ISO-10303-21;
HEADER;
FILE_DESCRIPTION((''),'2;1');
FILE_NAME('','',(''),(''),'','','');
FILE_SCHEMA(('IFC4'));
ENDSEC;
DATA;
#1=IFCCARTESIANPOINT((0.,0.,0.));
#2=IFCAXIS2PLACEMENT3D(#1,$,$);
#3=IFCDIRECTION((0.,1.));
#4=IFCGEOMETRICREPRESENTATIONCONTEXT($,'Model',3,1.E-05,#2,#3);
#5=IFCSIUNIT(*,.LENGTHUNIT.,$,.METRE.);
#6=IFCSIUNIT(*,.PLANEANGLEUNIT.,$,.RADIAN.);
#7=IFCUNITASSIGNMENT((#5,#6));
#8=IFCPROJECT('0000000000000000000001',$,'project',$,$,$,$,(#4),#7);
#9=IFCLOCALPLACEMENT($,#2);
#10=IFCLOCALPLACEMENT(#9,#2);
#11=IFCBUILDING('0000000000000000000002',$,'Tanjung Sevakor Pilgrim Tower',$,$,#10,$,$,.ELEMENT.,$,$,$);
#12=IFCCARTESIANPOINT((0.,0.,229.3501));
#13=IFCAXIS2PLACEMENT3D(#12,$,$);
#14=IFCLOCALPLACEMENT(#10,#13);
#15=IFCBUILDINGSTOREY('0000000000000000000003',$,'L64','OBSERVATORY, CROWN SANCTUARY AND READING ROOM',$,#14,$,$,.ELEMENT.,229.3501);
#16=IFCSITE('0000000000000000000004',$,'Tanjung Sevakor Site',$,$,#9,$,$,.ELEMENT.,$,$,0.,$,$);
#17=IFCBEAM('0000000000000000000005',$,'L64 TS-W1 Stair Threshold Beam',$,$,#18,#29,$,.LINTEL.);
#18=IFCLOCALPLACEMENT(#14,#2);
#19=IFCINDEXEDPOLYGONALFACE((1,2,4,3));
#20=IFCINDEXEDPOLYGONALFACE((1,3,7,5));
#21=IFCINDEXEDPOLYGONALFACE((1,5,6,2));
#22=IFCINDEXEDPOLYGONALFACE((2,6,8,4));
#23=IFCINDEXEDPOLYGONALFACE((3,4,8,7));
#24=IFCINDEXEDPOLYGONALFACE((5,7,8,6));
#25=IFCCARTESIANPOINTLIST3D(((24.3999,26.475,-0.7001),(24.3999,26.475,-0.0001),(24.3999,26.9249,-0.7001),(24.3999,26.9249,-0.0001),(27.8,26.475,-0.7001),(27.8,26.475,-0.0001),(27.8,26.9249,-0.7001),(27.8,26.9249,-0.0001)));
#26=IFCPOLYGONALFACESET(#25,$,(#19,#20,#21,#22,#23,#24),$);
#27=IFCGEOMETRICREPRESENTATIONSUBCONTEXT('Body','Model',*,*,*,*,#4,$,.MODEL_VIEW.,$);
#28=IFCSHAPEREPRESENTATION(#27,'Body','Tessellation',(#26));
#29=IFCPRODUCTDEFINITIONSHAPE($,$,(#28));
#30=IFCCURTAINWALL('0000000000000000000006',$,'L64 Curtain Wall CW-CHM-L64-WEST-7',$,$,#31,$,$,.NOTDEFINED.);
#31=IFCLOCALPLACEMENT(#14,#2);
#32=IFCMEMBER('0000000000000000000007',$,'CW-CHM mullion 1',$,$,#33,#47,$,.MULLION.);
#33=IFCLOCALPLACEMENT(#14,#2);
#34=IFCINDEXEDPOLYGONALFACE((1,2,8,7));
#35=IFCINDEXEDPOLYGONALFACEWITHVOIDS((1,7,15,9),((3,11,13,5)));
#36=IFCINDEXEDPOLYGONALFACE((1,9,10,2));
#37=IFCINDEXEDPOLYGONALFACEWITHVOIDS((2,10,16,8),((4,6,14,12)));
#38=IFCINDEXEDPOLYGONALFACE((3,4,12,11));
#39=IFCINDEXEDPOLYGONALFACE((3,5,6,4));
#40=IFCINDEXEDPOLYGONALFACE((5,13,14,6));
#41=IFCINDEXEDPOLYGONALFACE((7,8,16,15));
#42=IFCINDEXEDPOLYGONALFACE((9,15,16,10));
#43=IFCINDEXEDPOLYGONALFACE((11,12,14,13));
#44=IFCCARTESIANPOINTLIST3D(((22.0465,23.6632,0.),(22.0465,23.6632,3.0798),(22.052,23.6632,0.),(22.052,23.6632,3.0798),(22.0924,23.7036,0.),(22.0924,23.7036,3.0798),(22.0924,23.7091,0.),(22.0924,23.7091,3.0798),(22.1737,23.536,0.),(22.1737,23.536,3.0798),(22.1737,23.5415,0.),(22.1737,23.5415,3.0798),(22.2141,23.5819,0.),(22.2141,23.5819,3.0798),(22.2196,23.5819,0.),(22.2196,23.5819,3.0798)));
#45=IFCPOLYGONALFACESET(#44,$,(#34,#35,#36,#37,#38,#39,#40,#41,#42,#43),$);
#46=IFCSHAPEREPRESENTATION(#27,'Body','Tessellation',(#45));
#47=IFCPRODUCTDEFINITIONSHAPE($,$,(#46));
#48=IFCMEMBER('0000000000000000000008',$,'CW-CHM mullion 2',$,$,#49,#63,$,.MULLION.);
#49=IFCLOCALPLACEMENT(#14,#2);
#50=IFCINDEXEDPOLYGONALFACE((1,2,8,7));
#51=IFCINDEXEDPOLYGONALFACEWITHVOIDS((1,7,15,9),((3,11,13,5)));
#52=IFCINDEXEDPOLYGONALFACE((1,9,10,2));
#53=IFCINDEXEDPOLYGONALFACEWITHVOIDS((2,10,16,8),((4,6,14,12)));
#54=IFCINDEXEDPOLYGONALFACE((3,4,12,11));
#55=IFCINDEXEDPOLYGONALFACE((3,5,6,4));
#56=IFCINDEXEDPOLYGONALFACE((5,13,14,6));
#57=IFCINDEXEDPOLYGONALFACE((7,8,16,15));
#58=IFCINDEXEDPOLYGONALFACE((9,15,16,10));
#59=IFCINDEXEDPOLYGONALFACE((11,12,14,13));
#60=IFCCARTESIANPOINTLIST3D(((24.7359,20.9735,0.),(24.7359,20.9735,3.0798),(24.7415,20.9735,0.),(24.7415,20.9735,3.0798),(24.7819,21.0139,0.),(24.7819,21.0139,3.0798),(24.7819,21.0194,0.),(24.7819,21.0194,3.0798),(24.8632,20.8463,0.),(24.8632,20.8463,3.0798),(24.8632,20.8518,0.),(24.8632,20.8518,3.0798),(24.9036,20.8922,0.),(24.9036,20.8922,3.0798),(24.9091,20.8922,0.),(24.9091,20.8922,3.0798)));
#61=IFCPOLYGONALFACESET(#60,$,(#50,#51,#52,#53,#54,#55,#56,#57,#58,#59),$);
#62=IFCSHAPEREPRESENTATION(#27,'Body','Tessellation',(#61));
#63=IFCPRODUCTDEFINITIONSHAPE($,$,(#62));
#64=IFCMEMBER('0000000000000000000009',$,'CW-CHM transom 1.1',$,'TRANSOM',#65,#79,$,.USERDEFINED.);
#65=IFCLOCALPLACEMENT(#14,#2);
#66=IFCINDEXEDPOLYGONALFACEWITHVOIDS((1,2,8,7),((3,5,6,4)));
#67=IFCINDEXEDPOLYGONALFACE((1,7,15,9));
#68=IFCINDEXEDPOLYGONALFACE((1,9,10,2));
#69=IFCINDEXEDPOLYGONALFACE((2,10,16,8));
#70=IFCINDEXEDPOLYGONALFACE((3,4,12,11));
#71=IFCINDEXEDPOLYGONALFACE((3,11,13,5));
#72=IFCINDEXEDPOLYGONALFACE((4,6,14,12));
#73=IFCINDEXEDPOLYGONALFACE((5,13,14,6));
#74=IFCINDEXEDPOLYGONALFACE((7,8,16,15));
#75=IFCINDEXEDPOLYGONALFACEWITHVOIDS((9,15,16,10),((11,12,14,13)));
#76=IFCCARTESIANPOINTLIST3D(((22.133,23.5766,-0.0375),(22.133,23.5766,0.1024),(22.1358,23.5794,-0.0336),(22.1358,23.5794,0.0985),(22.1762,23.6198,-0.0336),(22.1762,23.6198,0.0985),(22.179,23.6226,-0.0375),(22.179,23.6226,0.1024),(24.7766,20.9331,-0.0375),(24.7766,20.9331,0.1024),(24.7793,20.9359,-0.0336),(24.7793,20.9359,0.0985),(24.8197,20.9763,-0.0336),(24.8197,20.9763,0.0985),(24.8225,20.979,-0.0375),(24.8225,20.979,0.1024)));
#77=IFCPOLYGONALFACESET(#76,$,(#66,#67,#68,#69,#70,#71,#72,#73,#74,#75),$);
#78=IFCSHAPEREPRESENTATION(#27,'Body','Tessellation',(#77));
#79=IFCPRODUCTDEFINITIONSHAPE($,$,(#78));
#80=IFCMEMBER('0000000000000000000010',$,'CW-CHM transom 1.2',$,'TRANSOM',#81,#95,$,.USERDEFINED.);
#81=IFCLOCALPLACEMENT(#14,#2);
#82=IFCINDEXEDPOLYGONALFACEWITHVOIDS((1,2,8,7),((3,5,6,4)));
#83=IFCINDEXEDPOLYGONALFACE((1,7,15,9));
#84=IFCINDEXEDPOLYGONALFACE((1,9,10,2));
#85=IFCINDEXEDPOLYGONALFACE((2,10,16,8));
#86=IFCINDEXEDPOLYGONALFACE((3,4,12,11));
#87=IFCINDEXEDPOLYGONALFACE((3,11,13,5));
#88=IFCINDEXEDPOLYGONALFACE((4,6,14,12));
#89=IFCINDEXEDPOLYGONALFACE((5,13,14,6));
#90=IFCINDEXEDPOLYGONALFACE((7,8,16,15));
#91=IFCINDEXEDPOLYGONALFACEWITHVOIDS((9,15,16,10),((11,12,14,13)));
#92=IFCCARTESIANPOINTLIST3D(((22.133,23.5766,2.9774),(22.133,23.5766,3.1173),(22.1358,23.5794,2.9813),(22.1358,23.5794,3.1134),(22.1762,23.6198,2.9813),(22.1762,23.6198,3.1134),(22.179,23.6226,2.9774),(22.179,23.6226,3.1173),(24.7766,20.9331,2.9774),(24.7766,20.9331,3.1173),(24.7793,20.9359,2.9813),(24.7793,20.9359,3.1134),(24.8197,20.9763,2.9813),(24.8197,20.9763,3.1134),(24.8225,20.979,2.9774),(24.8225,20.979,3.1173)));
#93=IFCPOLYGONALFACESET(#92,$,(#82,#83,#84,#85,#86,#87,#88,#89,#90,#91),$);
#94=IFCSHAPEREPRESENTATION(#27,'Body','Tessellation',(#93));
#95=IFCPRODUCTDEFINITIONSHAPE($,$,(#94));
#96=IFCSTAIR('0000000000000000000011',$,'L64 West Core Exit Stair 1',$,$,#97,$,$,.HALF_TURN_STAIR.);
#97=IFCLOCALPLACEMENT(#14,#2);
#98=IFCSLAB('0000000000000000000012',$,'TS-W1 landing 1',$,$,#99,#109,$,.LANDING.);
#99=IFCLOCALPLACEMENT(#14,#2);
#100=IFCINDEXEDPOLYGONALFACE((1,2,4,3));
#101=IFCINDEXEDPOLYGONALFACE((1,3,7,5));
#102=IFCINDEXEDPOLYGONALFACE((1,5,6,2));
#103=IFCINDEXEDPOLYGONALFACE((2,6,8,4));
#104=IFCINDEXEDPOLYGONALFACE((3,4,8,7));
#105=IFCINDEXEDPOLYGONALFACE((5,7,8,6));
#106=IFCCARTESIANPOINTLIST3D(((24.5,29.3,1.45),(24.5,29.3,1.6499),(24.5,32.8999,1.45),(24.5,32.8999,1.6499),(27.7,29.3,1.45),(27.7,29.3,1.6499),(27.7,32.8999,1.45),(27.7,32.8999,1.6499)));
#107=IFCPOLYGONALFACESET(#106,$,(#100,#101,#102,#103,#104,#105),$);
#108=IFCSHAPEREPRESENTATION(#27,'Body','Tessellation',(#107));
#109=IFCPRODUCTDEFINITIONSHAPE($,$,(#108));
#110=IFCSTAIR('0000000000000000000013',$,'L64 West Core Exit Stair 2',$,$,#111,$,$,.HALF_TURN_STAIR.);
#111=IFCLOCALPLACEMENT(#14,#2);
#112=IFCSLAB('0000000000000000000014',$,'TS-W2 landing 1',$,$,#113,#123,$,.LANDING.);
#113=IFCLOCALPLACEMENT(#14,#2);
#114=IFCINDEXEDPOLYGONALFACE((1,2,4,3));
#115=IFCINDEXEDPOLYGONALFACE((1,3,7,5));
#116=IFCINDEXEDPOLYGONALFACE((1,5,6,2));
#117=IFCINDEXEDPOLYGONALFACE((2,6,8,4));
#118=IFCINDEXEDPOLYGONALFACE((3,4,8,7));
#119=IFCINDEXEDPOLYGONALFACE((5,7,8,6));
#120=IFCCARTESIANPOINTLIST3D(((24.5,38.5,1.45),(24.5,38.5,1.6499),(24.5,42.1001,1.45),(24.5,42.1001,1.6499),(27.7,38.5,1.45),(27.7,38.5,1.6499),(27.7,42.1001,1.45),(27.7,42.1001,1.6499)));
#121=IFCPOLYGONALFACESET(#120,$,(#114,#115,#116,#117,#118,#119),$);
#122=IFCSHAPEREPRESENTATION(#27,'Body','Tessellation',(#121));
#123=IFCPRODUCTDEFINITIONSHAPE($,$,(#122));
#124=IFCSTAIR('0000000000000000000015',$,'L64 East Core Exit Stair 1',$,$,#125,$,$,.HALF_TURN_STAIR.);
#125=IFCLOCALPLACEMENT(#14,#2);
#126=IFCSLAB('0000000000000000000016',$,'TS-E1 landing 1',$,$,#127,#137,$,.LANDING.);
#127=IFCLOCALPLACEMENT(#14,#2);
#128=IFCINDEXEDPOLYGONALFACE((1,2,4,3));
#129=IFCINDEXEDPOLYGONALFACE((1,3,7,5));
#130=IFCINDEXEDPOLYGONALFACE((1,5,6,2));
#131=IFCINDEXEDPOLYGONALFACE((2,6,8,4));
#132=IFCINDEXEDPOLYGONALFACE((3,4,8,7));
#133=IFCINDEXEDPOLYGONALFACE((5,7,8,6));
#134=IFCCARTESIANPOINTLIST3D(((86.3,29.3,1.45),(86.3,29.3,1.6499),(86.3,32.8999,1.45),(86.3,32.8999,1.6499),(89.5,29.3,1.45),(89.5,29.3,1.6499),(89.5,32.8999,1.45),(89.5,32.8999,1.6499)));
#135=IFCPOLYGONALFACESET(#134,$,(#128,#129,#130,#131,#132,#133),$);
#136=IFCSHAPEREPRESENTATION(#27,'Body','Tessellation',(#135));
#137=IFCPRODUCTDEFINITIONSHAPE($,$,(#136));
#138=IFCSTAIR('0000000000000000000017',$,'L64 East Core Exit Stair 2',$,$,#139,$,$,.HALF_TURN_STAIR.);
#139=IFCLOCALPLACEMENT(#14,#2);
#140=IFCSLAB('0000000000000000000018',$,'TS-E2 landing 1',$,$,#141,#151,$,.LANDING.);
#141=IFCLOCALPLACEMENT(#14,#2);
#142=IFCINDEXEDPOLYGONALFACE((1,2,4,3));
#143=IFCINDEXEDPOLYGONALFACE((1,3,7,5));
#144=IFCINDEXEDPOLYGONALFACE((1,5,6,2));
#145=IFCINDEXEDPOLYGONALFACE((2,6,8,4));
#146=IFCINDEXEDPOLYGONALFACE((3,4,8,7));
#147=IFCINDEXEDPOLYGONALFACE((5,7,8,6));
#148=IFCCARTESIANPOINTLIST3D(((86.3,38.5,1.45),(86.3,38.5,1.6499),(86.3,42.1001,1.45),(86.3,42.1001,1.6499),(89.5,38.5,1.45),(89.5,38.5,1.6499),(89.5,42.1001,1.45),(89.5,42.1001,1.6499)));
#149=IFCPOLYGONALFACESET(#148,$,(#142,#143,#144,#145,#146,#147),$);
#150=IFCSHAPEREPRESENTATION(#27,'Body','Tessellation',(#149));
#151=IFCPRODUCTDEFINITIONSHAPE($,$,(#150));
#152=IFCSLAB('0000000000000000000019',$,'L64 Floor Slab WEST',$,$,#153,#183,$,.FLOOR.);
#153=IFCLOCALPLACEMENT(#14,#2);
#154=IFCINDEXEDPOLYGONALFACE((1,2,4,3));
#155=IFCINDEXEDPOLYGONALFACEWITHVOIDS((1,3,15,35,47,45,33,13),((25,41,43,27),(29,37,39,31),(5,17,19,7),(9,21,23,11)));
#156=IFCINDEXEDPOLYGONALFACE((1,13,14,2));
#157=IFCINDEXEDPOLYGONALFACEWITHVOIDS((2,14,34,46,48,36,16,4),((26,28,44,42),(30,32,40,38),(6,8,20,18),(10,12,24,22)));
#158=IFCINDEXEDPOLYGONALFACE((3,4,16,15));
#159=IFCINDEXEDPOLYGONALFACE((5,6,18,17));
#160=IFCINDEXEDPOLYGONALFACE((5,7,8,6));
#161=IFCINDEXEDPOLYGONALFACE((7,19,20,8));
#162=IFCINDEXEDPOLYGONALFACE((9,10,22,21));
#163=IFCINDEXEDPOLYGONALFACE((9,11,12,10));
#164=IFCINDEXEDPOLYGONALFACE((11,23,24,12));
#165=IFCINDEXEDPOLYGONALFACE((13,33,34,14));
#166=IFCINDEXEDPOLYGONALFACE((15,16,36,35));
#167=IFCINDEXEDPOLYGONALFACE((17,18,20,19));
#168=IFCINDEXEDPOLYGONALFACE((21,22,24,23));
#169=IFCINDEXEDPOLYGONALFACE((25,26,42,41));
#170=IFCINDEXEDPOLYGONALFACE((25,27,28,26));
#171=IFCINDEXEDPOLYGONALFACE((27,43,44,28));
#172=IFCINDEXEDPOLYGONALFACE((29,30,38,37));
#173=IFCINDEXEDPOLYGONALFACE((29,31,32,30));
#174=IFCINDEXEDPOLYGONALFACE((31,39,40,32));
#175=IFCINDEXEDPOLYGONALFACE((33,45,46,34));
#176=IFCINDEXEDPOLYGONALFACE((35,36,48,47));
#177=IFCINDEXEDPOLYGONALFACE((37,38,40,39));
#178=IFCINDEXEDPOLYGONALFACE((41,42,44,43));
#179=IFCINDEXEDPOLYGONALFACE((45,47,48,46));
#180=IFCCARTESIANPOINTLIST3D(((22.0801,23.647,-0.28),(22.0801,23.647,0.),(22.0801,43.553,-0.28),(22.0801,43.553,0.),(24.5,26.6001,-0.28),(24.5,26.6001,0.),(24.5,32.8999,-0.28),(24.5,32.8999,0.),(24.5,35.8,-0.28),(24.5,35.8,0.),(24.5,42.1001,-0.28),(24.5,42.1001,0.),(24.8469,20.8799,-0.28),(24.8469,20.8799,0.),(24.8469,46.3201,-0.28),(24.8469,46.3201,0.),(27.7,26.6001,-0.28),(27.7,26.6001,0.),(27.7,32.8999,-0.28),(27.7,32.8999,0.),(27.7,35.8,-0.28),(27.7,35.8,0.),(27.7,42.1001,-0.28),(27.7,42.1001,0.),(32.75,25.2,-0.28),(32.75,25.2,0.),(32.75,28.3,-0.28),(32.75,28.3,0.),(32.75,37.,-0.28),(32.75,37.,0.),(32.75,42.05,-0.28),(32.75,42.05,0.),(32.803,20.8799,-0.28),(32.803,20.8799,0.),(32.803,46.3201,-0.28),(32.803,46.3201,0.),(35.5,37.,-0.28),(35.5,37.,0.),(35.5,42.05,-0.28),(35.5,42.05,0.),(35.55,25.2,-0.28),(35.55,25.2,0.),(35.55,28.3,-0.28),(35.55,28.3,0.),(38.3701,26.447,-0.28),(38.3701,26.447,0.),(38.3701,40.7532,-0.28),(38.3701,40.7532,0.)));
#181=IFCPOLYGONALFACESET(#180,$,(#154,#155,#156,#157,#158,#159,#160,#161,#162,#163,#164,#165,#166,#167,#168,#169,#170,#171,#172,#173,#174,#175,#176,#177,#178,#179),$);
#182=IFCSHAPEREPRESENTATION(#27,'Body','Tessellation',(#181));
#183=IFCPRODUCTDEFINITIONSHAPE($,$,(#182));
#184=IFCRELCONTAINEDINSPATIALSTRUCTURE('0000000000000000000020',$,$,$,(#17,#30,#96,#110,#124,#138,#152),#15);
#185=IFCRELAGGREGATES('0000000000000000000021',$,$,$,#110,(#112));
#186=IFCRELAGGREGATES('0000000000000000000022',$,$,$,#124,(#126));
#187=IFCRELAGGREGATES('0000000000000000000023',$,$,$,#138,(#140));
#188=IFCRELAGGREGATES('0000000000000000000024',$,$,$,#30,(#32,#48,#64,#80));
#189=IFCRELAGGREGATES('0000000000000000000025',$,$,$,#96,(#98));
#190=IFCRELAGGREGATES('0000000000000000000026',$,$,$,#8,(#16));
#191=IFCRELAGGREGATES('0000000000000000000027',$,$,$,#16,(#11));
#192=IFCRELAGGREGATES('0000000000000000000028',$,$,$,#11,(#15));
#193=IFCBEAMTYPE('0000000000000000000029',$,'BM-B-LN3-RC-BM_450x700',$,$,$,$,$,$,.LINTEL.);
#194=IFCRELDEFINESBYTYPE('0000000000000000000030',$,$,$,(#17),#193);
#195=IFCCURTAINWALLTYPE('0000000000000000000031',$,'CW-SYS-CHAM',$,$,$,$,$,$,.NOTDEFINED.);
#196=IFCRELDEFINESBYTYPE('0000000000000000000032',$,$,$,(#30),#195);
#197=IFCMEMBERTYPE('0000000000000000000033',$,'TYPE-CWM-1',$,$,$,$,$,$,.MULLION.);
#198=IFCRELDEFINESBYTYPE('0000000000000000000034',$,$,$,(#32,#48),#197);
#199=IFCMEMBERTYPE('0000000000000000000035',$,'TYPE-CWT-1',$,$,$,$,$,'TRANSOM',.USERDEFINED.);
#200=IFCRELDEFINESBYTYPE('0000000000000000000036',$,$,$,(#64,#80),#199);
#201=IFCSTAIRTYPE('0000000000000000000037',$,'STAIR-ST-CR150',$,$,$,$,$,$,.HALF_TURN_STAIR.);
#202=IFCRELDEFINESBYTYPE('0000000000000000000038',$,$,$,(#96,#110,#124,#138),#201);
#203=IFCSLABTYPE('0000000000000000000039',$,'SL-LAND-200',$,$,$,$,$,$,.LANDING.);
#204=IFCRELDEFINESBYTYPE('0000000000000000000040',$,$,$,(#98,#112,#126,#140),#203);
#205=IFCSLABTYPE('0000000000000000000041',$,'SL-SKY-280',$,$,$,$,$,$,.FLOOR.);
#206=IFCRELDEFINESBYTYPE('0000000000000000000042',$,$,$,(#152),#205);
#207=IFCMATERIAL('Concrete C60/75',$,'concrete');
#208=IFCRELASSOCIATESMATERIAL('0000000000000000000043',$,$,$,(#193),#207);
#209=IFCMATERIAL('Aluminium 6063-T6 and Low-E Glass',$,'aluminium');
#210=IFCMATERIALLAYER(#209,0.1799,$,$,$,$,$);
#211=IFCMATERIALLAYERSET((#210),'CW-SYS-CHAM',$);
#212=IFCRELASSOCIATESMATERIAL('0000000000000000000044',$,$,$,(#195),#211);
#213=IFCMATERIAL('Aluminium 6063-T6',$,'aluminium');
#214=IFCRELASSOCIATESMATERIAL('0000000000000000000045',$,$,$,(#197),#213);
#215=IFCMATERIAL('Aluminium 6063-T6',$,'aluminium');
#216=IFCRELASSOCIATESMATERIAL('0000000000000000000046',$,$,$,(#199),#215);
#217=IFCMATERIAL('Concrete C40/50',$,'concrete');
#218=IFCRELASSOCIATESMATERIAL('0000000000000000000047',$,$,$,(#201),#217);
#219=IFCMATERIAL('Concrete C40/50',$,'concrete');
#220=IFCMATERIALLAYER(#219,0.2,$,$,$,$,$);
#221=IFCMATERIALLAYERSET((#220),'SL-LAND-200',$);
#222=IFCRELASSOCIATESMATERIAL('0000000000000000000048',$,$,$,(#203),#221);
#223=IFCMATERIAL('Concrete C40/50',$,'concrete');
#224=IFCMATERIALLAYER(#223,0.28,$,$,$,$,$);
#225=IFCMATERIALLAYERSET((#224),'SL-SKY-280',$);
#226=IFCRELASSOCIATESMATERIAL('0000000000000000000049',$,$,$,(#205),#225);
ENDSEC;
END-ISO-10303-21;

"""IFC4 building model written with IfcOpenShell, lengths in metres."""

from ifc_helpers import new_model, si_unit, direction, frame, origin, origin_2d, place, context, subcontext, project, spatial, polyline, rectangle, hollow_rectangle, outline, extrude, material, layer, layer_set, material_profile, profile_set, type_object, element, aggregate, save


model = new_model("IFC4")

# Units and contexts
model_context = context("Model", 3, precision=1e-05, world=origin(), true_north=direction((0.0, 1.0)))
body_context = subcontext(model_context, "Body", "Model", "MODEL_VIEW")
ifc_project = project(units=[si_unit("LENGTHUNIT", "METRE"), si_unit("PLANEANGLEUNIT", "RADIAN")], contexts=[model_context])

# Site, building, storey
site_placement = place(None, origin())
site = spatial("IfcSite", under=ifc_project, at=site_placement, Name="Tanjung Sevakor Site", CompositionType="ELEMENT", RefElevation=0.0)
building_placement = place(site_placement, origin())
building = spatial("IfcBuilding", under=site, at=building_placement, Name="Tanjung Sevakor Pilgrim Tower", CompositionType="ELEMENT")
storey_placement = place(building_placement, frame((0.0, 0.0, 229.3501)))
storey = spatial("IfcBuildingStorey", under=building, at=storey_placement, Name="L64", Description="OBSERVATORY, CROWN SANCTUARY AND READING ROOM", CompositionType="ELEMENT", Elevation=229.3501)

# Beam
ifc_material_1 = material(Name="Concrete C60/75", Category="concrete")
ifc_material_profile_1 = material_profile(ifc_material_1, rectangle(XDim=0.45, YDim=0.7, at=origin_2d()))
ifc_profile_set_1 = profile_set([ifc_material_profile_1], Name="Concrete C60/75")
beam_type = type_object("IfcBeamType", Name="BM-B-LN3-RC-BM_450x700", PredefinedType="LINTEL", material=ifc_profile_set_1)
beam_placement = place(storey_placement, frame((24.3999, 26.7, -0.3501), z_axis=(1.0, 0.0, 0.0), x_axis=(0.0, 1.0, 0.0)))
element("IfcBeam", 1, at=beam_placement, inside=storey, type_object=beam_type, Name="L64 TS-W1 Stair Threshold Beam", PredefinedType="LINTEL", context=body_context, shape_type="SweptSolid", body=[
    extrude(rectangle(XDim=0.45, YDim=0.7, at=origin_2d()), origin(), (0.0, 0.0, 1.0), 3.4001),
])

# Curtain wall, members
ifc_material_2 = material(Name="Aluminium 6063-T6 and Low-E Glass", Category="aluminium")
ifc_layer_1 = layer(ifc_material_2, 0.1799)
ifc_layer_set_1 = layer_set([ifc_layer_1], Name="CW-SYS-CHAM")
curtain_wall_type = type_object("IfcCurtainWallType", Name="CW-SYS-CHAM", PredefinedType="NOTDEFINED", material=ifc_layer_set_1)
curtain_wall_placement = place(storey_placement, origin())
curtain_wall = element("IfcCurtainWall", 2, at=curtain_wall_placement, inside=storey, type_object=curtain_wall_type, Name="L64 Curtain Wall CW-CHM-L64-WEST-7", PredefinedType="NOTDEFINED")
ifc_material_3 = material(Name="Aluminium 6063-T6", Category="aluminium")
ifc_material_profile_2 = material_profile(ifc_material_3, hollow_rectangle(XDim=0.0649, YDim=0.1799, WallThickness=0.0039, at=origin_2d()))
ifc_profile_set_2 = profile_set([ifc_material_profile_2], Name="Aluminium 6063-T6")
member_type_1 = type_object("IfcMemberType", Name="TYPE-CWM-1", PredefinedType="MULLION", material=ifc_profile_set_2)
member_1_placement = place(storey_placement, frame((22.1331, 23.6226, 0.0), z_axis=(0.0, 0.0, 1.0), x_axis=(0.707107, 0.707107, 0.0)))
member_1 = element("IfcMember", 3, at=member_1_placement, type_object=member_type_1, Name="CW-CHM mullion 1", PredefinedType="MULLION", context=body_context, shape_type="SweptSolid", body=[
    extrude(hollow_rectangle(XDim=0.0649, YDim=0.1799, WallThickness=0.0039, at=origin_2d()), origin(), (0.0, 0.0, 1.0), 3.0798),
])
member_2_placement = place(storey_placement, frame((24.8225, 20.9329, 0.0), z_axis=(0.0, 0.0, 1.0), x_axis=(0.707107, 0.707107, 0.0)))
member_2 = element("IfcMember", 4, at=member_2_placement, type_object=member_type_1, Name="CW-CHM mullion 2", PredefinedType="MULLION", context=body_context, shape_type="SweptSolid", body=[
    extrude(hollow_rectangle(XDim=0.0649, YDim=0.1799, WallThickness=0.0039, at=origin_2d()), origin(), (0.0, 0.0, 1.0), 3.0798),
])
ifc_material_4 = material(Name="Aluminium 6063-T6", Category="aluminium")
ifc_material_profile_3 = material_profile(ifc_material_4, hollow_rectangle(XDim=0.0649, YDim=0.1399, WallThickness=0.0039, at=origin_2d()))
ifc_profile_set_3 = profile_set([ifc_material_profile_3], Name="Aluminium 6063-T6")
member_type_2 = type_object("IfcMemberType", Name="TYPE-CWT-1", ElementType="TRANSOM", PredefinedType="USERDEFINED", material=ifc_profile_set_3)
member_3_placement = place(storey_placement, frame((22.156, 23.5996, 0.0325), z_axis=(0.707107, -0.707107, 0.0), x_axis=(0.707107, 0.707107, 0.0)))
member_3 = element("IfcMember", 5, at=member_3_placement, type_object=member_type_2, Name="CW-CHM transom 1.1", ObjectType="TRANSOM", PredefinedType="USERDEFINED", context=body_context, shape_type="SweptSolid", body=[
    extrude(hollow_rectangle(XDim=0.0649, YDim=0.1399, WallThickness=0.0039, at=origin_2d()), origin(), (0.0, 0.0, 1.0), 3.7385),
])
member_4_placement = place(storey_placement, frame((22.156, 23.5996, 3.0474), z_axis=(0.707107, -0.707107, 0.0), x_axis=(0.707107, 0.707107, 0.0)))
member_4 = element("IfcMember", 6, at=member_4_placement, type_object=member_type_2, Name="CW-CHM transom 1.2", ObjectType="TRANSOM", PredefinedType="USERDEFINED", context=body_context, shape_type="SweptSolid", body=[
    extrude(hollow_rectangle(XDim=0.0649, YDim=0.1399, WallThickness=0.0039, at=origin_2d()), origin(), (0.0, 0.0, 1.0), 3.7385),
])

# Stairs, slabs
ifc_material_5 = material(Name="Concrete C40/50", Category="concrete")
stair_type = type_object("IfcStairType", Name="STAIR-ST-CR150", PredefinedType="HALF_TURN_STAIR", material=ifc_material_5)
stair_1_placement = place(storey_placement, origin())
stair_1 = element("IfcStair", 7, at=stair_1_placement, inside=storey, type_object=stair_type, Name="L64 West Core Exit Stair 1", PredefinedType="HALF_TURN_STAIR")
ifc_material_6 = material(Name="Concrete C40/50", Category="concrete")
ifc_layer_2 = layer(ifc_material_6, 0.2)
ifc_layer_set_2 = layer_set([ifc_layer_2], Name="SL-LAND-200")
slab_type_1 = type_object("IfcSlabType", Name="SL-LAND-200", PredefinedType="LANDING", material=ifc_layer_set_2)
slab_1_placement = place(storey_placement, frame((0.0, 0.0, 1.45)))
slab_1 = element("IfcSlab", 8, at=slab_1_placement, type_object=slab_type_1, Name="TS-W1 landing 1", PredefinedType="LANDING", context=body_context, shape_type="SweptSolid", body=[
    extrude(outline(polyline([(27.7, 29.3), (27.7, 32.8999), (24.5, 32.8999), (24.5, 29.3), (27.7, 29.3)])), origin(), (0.0, 0.0, 1.0), 0.2),
])
stair_2_placement = place(storey_placement, origin())
stair_2 = element("IfcStair", 9, at=stair_2_placement, inside=storey, type_object=stair_type, Name="L64 West Core Exit Stair 2", PredefinedType="HALF_TURN_STAIR")
slab_2_placement = place(storey_placement, frame((0.0, 0.0, 1.45)))
slab_2 = element("IfcSlab", 10, at=slab_2_placement, type_object=slab_type_1, Name="TS-W2 landing 1", PredefinedType="LANDING", context=body_context, shape_type="SweptSolid", body=[
    extrude(outline(polyline([(27.7, 38.5), (27.7, 42.1001), (24.5, 42.1001), (24.5, 38.5), (27.7, 38.5)])), origin(), (0.0, 0.0, 1.0), 0.2),
])
aggregate(stair_2, [slab_2])
stair_3_placement = place(storey_placement, origin())
stair_3 = element("IfcStair", 11, at=stair_3_placement, inside=storey, type_object=stair_type, Name="L64 East Core Exit Stair 1", PredefinedType="HALF_TURN_STAIR")
slab_3_placement = place(storey_placement, frame((0.0, 0.0, 1.45)))
slab_3 = element("IfcSlab", 12, at=slab_3_placement, type_object=slab_type_1, Name="TS-E1 landing 1", PredefinedType="LANDING", context=body_context, shape_type="SweptSolid", body=[
    extrude(outline(polyline([(89.5, 29.3), (89.5, 32.8999), (86.3, 32.8999), (86.3, 29.3), (89.5, 29.3)])), origin(), (0.0, 0.0, 1.0), 0.2),
])
aggregate(stair_3, [slab_3])
stair_4_placement = place(storey_placement, origin())
stair_4 = element("IfcStair", 13, at=stair_4_placement, inside=storey, type_object=stair_type, Name="L64 East Core Exit Stair 2", PredefinedType="HALF_TURN_STAIR")
slab_4_placement = place(storey_placement, frame((0.0, 0.0, 1.45)))
slab_4 = element("IfcSlab", 14, at=slab_4_placement, type_object=slab_type_1, Name="TS-E2 landing 1", PredefinedType="LANDING", context=body_context, shape_type="SweptSolid", body=[
    extrude(outline(polyline([(89.5, 38.5), (89.5, 42.1001), (86.3, 42.1001), (86.3, 38.5), (89.5, 38.5)])), origin(), (0.0, 0.0, 1.0), 0.2),
])
aggregate(stair_4, [slab_4])

# Slab
ifc_material_7 = material(Name="Concrete C40/50", Category="concrete")
ifc_layer_3 = layer(ifc_material_7, 0.28)
ifc_layer_set_3 = layer_set([ifc_layer_3], Name="SL-SKY-280")
slab_type_2 = type_object("IfcSlabType", Name="SL-SKY-280", PredefinedType="FLOOR", material=ifc_layer_set_3)
slab_5_placement = place(storey_placement, frame((0.0, 0.0, -0.28)))
element("IfcSlab", 15, at=slab_5_placement, inside=storey, type_object=slab_type_2, Name="L64 Floor Slab WEST", PredefinedType="FLOOR", context=body_context, shape_type="SweptSolid", body=[
    extrude(outline(polyline([(24.8469, 20.8799), (32.803, 20.8799), (38.3701, 26.447), (38.3701, 40.7532), (32.803, 46.3201), (24.8469, 46.3201), (22.0801, 43.553), (22.0801, 23.647), (24.8469, 20.8799)]), holes=[polyline([(27.7, 26.6001), (27.7, 32.8999), (24.5, 32.8999), (24.5, 26.6001), (27.7, 26.6001)]), polyline([(27.7, 35.8), (27.7, 42.1001), (24.5, 42.1001), (24.5, 35.8), (27.7, 35.8)]), polyline([(32.75, 25.2), (35.55, 25.2), (35.55, 28.3), (32.75, 28.3), (32.75, 25.2)]), polyline([(32.75, 37.0), (35.5, 37.0), (35.5, 42.05), (32.75, 42.05), (32.75, 37.0)])]), origin(), (0.0, 0.0, 1.0), 0.28),
])

aggregate(curtain_wall, [member_1, member_2, member_3, member_4])

aggregate(stair_1, [slab_1])

save(model, "model.ifc")
